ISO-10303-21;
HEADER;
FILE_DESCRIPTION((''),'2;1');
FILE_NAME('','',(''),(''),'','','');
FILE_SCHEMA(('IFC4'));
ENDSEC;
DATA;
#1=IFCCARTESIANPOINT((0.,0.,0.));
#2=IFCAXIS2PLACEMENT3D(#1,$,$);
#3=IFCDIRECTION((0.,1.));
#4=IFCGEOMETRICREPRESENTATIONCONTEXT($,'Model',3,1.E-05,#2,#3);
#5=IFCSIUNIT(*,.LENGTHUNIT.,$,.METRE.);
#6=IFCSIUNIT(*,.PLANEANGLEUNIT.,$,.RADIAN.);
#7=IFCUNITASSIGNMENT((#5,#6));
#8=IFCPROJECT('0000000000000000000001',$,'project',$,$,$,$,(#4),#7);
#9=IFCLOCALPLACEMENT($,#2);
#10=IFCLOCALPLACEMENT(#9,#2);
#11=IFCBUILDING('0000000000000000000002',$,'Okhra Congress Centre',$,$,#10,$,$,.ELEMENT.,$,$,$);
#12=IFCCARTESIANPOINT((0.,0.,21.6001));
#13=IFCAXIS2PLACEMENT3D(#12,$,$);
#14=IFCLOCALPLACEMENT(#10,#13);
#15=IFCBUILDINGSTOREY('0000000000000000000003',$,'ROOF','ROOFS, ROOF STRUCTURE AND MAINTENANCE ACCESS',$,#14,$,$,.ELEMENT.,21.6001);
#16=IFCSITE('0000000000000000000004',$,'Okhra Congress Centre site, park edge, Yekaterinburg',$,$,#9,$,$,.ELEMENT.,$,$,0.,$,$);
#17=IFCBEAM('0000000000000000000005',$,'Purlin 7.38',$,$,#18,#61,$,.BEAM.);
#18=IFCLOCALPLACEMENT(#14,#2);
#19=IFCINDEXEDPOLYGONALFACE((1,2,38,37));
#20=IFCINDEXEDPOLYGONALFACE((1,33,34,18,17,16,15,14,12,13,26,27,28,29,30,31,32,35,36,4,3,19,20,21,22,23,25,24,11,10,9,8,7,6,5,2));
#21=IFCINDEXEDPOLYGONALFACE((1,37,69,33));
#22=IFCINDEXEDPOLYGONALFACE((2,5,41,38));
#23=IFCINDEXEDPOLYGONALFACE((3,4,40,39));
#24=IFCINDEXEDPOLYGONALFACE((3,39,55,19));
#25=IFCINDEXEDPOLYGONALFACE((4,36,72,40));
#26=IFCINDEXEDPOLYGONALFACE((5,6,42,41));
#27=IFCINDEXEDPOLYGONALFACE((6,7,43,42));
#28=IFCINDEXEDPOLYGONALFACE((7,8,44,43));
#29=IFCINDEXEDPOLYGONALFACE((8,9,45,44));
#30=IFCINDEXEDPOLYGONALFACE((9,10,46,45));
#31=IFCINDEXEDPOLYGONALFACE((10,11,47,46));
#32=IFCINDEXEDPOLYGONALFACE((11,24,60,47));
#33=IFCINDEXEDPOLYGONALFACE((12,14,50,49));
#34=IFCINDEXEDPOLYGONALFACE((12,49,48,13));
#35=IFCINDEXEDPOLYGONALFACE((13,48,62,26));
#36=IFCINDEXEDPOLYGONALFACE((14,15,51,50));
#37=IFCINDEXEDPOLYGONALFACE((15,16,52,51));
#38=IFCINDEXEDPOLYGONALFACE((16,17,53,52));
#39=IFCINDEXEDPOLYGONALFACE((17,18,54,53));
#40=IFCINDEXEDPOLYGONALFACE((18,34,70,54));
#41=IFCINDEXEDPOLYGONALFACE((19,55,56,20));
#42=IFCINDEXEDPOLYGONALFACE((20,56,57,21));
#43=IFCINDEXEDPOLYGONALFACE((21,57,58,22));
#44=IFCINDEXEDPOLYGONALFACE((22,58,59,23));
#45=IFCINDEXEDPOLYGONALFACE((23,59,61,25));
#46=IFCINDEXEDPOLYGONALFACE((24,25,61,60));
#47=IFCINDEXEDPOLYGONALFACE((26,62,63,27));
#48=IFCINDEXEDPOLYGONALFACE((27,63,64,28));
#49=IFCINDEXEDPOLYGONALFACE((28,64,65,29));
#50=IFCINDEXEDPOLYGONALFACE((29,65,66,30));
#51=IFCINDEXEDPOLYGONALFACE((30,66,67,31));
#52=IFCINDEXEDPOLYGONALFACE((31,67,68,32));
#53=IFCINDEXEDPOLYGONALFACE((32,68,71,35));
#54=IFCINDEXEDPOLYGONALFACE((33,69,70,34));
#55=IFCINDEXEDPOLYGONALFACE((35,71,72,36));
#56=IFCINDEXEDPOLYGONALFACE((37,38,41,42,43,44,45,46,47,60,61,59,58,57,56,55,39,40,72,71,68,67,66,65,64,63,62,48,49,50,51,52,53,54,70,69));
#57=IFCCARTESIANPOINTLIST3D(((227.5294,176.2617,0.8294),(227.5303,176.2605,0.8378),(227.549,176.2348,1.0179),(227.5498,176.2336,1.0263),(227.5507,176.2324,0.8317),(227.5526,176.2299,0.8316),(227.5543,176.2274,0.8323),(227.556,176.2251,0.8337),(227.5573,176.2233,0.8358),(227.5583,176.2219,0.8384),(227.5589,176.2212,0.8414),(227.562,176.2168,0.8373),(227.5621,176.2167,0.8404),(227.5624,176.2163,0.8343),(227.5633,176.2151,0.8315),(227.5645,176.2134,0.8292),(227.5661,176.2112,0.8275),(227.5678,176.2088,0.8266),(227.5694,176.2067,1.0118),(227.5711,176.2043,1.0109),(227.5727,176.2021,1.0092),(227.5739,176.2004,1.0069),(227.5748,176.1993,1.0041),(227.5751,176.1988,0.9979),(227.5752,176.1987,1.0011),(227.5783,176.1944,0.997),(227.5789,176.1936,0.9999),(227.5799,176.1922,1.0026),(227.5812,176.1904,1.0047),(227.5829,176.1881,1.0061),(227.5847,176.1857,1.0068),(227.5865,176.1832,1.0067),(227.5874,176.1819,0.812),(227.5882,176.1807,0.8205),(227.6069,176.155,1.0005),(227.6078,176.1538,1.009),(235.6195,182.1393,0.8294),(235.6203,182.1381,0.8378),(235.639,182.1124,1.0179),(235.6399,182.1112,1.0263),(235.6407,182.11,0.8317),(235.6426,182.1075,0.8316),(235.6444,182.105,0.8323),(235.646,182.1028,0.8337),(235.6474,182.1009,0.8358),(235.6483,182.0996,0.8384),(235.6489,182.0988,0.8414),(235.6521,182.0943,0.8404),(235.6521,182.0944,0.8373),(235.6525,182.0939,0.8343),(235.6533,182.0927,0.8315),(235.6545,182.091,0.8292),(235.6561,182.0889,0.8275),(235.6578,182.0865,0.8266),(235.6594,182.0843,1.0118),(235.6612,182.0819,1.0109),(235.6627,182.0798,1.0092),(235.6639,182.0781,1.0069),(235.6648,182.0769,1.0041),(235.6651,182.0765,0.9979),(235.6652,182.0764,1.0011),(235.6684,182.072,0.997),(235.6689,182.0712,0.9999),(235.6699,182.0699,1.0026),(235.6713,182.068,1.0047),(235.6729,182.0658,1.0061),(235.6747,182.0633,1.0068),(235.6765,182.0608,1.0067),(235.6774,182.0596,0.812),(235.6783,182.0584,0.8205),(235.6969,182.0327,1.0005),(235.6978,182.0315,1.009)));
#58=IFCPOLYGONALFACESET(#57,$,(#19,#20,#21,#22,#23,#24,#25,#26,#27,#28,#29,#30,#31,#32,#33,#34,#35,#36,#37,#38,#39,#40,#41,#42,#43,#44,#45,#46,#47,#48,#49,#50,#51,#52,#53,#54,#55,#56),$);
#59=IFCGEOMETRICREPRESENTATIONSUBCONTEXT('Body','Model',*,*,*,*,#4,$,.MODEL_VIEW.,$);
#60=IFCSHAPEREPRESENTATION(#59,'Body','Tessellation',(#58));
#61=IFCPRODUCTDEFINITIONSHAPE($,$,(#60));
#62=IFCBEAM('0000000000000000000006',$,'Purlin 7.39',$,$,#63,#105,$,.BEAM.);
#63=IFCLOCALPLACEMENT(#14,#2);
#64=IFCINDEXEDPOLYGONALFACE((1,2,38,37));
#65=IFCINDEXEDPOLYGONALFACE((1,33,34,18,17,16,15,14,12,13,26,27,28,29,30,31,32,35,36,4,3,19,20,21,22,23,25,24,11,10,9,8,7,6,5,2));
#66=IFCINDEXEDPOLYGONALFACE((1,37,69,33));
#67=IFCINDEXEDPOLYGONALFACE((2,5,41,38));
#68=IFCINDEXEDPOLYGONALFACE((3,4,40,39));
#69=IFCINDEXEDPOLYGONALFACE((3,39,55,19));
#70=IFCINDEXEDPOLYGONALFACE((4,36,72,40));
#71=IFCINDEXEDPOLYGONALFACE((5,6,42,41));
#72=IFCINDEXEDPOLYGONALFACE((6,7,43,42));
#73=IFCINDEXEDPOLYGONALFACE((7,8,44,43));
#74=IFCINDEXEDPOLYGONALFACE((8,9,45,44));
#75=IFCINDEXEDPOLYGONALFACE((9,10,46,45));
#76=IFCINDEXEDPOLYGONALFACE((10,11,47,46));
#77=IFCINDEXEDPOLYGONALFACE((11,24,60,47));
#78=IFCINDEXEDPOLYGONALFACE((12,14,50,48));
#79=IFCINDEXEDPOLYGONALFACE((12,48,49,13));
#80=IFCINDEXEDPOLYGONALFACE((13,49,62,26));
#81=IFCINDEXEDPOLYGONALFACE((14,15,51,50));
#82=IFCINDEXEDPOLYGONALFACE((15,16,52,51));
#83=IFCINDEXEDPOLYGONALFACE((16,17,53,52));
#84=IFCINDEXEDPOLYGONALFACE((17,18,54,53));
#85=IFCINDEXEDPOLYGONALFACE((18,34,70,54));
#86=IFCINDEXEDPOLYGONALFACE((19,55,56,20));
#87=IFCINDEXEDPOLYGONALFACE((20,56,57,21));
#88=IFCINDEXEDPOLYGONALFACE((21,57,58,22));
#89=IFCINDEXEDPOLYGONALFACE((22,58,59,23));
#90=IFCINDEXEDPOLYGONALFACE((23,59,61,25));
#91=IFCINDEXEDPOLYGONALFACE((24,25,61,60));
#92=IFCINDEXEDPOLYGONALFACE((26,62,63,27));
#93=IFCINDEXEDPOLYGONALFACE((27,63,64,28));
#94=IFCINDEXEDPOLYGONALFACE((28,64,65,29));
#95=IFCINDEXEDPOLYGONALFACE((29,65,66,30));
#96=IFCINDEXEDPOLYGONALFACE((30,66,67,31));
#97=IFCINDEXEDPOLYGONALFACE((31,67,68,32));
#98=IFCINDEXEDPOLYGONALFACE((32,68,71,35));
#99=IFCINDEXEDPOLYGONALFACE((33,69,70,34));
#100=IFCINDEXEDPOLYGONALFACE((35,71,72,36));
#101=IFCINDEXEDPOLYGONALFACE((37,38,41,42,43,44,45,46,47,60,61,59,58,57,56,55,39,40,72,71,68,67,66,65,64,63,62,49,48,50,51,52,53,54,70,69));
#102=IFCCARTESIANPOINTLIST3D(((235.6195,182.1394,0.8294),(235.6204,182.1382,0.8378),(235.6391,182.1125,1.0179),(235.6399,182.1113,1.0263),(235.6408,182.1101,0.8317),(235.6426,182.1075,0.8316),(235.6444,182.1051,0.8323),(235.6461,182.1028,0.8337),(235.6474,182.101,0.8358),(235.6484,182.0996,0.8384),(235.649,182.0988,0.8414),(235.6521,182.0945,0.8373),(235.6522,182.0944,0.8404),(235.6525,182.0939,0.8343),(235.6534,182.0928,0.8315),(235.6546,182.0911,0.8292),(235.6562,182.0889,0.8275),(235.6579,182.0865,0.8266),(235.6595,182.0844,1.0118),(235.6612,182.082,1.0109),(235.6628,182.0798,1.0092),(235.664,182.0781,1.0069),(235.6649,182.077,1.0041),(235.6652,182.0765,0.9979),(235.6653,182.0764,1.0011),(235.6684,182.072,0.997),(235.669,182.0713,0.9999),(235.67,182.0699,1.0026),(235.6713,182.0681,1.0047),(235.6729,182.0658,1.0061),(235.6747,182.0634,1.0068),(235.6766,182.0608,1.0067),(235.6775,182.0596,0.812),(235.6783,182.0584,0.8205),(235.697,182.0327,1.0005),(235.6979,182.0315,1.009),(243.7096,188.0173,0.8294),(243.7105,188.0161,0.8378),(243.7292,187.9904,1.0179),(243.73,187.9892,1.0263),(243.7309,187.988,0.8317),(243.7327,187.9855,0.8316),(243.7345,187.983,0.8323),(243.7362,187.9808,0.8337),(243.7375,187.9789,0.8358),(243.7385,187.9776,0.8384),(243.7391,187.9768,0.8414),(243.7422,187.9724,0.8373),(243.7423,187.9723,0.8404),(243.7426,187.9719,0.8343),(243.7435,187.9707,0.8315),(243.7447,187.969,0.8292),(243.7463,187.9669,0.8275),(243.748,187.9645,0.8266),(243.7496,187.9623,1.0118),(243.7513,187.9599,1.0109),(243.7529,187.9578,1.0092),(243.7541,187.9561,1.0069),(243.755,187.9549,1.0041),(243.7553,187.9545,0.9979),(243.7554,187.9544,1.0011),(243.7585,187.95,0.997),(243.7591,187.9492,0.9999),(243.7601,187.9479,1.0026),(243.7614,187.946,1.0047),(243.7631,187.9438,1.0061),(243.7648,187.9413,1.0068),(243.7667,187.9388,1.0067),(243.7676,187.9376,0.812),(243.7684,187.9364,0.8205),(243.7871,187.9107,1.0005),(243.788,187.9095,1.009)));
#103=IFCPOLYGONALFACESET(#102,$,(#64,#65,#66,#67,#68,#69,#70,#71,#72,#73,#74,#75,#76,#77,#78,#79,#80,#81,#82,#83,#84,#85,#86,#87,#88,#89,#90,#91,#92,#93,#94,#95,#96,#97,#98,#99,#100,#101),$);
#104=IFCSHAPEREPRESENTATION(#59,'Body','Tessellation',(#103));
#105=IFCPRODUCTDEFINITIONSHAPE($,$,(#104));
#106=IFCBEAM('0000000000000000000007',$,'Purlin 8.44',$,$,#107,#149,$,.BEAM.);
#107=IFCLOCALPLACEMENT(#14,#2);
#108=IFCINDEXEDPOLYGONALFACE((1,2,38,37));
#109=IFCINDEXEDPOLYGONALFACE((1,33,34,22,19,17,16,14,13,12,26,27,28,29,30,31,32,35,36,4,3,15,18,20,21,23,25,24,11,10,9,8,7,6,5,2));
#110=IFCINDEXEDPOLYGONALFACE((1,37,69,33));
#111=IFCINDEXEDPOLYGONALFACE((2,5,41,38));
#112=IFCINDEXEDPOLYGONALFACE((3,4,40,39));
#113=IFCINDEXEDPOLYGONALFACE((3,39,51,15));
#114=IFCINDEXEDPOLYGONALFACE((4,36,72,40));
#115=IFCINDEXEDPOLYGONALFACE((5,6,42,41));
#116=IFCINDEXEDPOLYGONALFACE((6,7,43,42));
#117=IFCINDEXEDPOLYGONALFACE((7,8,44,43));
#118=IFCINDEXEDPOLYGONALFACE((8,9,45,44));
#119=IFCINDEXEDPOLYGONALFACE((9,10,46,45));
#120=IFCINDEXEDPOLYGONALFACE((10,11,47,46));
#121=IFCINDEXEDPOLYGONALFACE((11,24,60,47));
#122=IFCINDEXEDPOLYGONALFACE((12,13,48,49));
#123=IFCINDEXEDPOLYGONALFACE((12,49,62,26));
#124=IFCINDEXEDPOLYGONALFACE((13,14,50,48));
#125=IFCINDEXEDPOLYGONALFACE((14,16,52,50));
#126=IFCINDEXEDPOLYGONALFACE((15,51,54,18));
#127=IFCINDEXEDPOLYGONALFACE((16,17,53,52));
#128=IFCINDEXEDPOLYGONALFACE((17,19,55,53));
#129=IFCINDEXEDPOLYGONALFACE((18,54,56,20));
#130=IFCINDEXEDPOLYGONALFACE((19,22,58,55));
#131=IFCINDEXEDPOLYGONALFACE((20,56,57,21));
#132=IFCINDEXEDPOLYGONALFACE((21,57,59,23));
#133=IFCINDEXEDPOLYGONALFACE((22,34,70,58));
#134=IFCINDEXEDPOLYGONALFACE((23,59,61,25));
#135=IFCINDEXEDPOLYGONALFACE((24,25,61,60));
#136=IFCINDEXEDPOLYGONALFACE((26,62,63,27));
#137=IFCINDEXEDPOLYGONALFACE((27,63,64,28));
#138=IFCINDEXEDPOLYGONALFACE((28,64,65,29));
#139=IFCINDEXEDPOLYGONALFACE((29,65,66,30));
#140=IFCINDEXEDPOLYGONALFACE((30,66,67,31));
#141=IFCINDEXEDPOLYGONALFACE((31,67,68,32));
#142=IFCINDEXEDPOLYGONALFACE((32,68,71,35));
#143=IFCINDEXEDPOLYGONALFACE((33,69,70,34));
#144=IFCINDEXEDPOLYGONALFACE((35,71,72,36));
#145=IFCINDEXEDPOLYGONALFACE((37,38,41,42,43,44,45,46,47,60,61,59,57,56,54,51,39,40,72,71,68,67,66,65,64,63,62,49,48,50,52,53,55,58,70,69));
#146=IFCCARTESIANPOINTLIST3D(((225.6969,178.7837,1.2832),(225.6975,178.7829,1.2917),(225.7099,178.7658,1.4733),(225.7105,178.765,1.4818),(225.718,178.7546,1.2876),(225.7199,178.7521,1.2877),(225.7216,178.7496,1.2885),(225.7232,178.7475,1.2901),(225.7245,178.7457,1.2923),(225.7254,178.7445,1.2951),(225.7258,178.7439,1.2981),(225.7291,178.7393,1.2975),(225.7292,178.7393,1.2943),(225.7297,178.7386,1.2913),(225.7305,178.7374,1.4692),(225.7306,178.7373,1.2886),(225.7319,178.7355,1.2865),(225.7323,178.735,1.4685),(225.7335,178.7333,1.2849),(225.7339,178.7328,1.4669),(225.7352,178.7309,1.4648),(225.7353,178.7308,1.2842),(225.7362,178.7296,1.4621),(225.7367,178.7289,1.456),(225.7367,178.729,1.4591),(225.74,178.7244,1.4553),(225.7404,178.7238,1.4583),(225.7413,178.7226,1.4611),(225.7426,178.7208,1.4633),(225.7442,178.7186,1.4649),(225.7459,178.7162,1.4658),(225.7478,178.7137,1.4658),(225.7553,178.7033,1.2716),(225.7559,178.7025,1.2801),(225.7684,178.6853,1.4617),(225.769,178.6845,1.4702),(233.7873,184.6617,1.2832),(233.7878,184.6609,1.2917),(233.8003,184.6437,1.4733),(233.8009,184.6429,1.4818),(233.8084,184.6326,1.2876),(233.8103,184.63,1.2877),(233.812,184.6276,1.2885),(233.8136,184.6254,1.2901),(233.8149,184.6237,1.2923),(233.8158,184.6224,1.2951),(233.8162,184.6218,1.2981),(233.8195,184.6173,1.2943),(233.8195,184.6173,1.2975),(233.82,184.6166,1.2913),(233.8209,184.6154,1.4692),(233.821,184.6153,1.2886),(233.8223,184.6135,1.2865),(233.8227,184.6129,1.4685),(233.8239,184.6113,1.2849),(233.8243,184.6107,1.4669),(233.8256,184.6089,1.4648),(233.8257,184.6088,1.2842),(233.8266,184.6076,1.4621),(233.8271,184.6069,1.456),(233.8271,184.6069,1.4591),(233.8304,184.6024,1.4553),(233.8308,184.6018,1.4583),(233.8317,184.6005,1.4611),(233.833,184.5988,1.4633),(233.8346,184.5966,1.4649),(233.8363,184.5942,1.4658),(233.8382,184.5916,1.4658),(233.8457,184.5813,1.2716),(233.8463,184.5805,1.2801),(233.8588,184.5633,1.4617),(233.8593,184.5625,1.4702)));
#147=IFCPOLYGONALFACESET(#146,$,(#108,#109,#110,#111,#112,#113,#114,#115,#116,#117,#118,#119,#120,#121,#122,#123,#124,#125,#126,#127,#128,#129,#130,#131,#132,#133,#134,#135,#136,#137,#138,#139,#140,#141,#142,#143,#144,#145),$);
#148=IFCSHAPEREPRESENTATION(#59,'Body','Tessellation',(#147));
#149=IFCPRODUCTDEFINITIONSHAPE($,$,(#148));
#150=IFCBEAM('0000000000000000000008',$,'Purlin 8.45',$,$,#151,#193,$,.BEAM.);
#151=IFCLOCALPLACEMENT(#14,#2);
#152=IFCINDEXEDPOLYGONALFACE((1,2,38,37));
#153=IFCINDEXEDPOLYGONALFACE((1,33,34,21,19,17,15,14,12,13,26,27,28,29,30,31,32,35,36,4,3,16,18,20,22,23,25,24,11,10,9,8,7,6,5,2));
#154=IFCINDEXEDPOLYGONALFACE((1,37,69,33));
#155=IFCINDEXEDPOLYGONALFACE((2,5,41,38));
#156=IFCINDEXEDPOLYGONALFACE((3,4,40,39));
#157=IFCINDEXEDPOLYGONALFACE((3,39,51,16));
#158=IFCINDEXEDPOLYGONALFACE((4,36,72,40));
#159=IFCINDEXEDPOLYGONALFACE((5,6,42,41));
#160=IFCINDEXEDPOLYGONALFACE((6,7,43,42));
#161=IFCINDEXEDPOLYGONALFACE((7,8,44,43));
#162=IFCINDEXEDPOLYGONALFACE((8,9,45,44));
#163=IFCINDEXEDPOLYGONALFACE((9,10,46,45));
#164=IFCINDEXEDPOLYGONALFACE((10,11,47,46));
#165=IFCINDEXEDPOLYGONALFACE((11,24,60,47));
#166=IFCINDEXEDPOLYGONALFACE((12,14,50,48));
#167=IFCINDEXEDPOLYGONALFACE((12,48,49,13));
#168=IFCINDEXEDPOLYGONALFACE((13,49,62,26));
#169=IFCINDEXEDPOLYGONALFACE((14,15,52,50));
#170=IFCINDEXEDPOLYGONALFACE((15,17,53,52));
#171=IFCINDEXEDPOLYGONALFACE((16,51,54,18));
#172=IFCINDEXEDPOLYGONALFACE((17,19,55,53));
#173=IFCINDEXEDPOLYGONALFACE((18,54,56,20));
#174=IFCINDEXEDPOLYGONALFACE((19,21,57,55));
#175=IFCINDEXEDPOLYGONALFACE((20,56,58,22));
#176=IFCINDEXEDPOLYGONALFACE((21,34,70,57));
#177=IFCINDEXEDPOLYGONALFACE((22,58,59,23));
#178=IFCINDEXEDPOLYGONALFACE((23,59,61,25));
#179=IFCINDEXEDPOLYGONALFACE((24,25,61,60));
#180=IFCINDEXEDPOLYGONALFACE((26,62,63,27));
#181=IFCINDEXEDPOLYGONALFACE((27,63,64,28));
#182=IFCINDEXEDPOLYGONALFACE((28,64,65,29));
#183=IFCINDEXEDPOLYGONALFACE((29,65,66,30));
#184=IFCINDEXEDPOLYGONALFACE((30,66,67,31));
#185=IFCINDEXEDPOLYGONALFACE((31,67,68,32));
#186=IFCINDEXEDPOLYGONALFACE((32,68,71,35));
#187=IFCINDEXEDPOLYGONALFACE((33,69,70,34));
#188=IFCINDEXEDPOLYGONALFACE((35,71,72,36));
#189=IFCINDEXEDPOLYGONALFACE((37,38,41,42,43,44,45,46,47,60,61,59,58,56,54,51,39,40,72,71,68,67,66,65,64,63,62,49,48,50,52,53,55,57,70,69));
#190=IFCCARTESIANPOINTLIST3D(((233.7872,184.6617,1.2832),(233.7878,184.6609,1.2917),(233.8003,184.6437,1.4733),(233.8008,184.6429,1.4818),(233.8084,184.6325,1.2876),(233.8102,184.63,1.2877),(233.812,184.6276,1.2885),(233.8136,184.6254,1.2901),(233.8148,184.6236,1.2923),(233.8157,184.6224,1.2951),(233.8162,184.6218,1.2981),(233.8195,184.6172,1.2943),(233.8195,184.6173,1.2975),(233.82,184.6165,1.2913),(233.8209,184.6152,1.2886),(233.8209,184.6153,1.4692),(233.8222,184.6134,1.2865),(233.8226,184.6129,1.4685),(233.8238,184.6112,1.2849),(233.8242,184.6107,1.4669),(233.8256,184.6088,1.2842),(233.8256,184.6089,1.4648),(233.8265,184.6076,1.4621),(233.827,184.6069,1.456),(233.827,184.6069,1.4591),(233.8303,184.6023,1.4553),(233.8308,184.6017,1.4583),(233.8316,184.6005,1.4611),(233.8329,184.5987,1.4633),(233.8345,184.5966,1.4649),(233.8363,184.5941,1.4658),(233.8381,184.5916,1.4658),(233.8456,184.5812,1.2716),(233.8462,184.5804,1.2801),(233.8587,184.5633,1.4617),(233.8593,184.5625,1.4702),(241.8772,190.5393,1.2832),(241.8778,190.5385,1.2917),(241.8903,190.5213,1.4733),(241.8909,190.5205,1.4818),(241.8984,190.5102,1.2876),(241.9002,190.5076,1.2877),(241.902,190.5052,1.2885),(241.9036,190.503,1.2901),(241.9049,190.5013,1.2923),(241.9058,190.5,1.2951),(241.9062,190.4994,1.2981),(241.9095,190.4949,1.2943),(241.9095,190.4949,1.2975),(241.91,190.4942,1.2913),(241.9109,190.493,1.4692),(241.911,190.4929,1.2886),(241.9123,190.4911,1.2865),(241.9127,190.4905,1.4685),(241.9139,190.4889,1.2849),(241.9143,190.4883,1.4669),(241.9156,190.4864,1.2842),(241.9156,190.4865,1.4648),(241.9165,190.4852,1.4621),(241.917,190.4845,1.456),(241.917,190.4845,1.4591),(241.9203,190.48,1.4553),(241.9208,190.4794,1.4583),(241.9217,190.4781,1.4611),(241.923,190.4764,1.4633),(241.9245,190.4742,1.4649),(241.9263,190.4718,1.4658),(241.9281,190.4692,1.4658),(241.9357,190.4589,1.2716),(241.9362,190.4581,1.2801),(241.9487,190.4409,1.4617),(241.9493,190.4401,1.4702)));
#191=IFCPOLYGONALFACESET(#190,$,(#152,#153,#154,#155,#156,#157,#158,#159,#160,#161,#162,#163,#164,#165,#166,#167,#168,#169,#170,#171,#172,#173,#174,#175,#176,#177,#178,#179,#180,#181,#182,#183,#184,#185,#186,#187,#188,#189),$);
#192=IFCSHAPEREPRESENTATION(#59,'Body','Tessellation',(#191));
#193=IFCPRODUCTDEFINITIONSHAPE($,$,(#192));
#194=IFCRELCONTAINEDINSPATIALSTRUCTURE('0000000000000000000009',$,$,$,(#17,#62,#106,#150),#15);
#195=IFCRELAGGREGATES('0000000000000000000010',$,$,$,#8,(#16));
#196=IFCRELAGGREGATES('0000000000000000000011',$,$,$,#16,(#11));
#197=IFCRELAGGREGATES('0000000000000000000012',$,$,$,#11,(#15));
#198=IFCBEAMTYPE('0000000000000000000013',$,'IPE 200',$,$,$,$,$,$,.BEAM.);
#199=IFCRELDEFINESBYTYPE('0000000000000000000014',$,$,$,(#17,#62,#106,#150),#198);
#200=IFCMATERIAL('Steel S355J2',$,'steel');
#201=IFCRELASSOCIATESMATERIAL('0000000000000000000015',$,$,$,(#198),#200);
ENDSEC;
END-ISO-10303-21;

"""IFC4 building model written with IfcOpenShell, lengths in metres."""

from ifc_helpers import new_model, si_unit, direction, frame, origin, origin_2d, place, context, subcontext, project, spatial, i_section, extrude, material, material_profile, profile_set, type_object, element, save


model = new_model("IFC4")

# Units and contexts
model_context = context("Model", 3, precision=1e-05, world=origin(), true_north=direction((0.0, 1.0)))
body_context = subcontext(model_context, "Body", "Model", "MODEL_VIEW")
ifc_project = project(units=[si_unit("LENGTHUNIT", "METRE"), si_unit("PLANEANGLEUNIT", "RADIAN")], contexts=[model_context])

# Site, building, storey
site_placement = place(None, origin())
site = spatial("IfcSite", under=ifc_project, at=site_placement, Name="Okhra Congress Centre site, park edge, Yekaterinburg", CompositionType="ELEMENT", RefElevation=0.0)
building_placement = place(site_placement, origin())
building = spatial("IfcBuilding", under=site, at=building_placement, Name="Okhra Congress Centre", CompositionType="ELEMENT")
storey_placement = place(building_placement, frame((0.0, 0.0, 21.6001)))
storey = spatial("IfcBuildingStorey", under=building, at=storey_placement, Name="ROOF", Description="ROOFS, ROOF STRUCTURE AND MAINTENANCE ACCESS", CompositionType="ELEMENT", Elevation=21.6001)

# Beams
ifc_material_1 = material(Name="Steel S355J2", Category="steel")
ifc_material_profile_1 = material_profile(ifc_material_1, i_section(OverallWidth=0.1001, OverallDepth=0.2, WebThickness=0.0056, FlangeThickness=0.0085, FilletRadius=0.012, at=origin_2d()), Name="IPE 200")
ifc_profile_set_1 = profile_set([ifc_material_profile_1], Name="Steel S355J2")
beam_type = type_object("IfcBeamType", Name="IPE 200", PredefinedType="BEAM", material=ifc_profile_set_1)
for number, where, z_axis, x_axis, name in (
    (1, (227.5686, 176.2078, 0.9192), (0.809022, 0.587778, 0.0), (-0.578849, 0.796731, 0.173648), "Purlin 7.38"),
):
    element("IfcBeam", number, at=place(storey_placement, frame(where, z_axis=z_axis, x_axis=x_axis)), inside=storey, type_object=beam_type, Name=name, PredefinedType="BEAM", context=body_context, shape_type="SweptSolid", body=[
        extrude(i_section(OverallWidth=0.1001, OverallDepth=0.2, WebThickness=0.0056, FlangeThickness=0.0085, FilletRadius=0.012, at=origin_2d()), origin(), (0.0, 0.0, 1.0), 9.9998),
    ])
beam_1_placement = place(storey_placement, frame((235.6587, 182.0854, 0.9192), z_axis=(0.80901, 0.587794, 0.0), x_axis=(-0.578864, 0.79672, 0.173648)))
element("IfcBeam", 2, at=beam_1_placement, inside=storey, type_object=beam_type, Name="Purlin 7.39", PredefinedType="BEAM", context=body_context, shape_type="SweptSolid", body=[
    extrude(i_section(OverallWidth=0.1001, OverallDepth=0.2, WebThickness=0.0056, FlangeThickness=0.0085, FilletRadius=0.012, at=origin_2d()), origin(), (0.0, 0.0, 1.0), 10.0),
])
beam_2_placement = place(storey_placement, frame((225.7329, 178.7341, 1.3767), z_axis=(0.809019, 0.587783, 0.0), x_axis=(-0.583808, 0.803549, 0.116093)))
element("IfcBeam", 3, at=beam_2_placement, inside=storey, type_object=beam_type, Name="Purlin 8.44", PredefinedType="BEAM", context=body_context, shape_type="SweptSolid", body=[
    extrude(i_section(OverallWidth=0.1001, OverallDepth=0.2, WebThickness=0.0056, FlangeThickness=0.0085, FilletRadius=0.012, at=origin_2d()), origin(), (0.0, 0.0, 1.0), 10.0002),
])
beam_3_placement = place(storey_placement, frame((233.8232, 184.6121, 1.3767), z_axis=(0.809022, 0.587778, 0.0), x_axis=(-0.583804, 0.803552, 0.116093)))
element("IfcBeam", 4, at=beam_3_placement, inside=storey, type_object=beam_type, Name="Purlin 8.45", PredefinedType="BEAM", context=body_context, shape_type="SweptSolid", body=[
    extrude(i_section(OverallWidth=0.1001, OverallDepth=0.2, WebThickness=0.0056, FlangeThickness=0.0085, FilletRadius=0.012, at=origin_2d()), origin(), (0.0, 0.0, 1.0), 9.9998),
])

save(model, "model.ifc")
